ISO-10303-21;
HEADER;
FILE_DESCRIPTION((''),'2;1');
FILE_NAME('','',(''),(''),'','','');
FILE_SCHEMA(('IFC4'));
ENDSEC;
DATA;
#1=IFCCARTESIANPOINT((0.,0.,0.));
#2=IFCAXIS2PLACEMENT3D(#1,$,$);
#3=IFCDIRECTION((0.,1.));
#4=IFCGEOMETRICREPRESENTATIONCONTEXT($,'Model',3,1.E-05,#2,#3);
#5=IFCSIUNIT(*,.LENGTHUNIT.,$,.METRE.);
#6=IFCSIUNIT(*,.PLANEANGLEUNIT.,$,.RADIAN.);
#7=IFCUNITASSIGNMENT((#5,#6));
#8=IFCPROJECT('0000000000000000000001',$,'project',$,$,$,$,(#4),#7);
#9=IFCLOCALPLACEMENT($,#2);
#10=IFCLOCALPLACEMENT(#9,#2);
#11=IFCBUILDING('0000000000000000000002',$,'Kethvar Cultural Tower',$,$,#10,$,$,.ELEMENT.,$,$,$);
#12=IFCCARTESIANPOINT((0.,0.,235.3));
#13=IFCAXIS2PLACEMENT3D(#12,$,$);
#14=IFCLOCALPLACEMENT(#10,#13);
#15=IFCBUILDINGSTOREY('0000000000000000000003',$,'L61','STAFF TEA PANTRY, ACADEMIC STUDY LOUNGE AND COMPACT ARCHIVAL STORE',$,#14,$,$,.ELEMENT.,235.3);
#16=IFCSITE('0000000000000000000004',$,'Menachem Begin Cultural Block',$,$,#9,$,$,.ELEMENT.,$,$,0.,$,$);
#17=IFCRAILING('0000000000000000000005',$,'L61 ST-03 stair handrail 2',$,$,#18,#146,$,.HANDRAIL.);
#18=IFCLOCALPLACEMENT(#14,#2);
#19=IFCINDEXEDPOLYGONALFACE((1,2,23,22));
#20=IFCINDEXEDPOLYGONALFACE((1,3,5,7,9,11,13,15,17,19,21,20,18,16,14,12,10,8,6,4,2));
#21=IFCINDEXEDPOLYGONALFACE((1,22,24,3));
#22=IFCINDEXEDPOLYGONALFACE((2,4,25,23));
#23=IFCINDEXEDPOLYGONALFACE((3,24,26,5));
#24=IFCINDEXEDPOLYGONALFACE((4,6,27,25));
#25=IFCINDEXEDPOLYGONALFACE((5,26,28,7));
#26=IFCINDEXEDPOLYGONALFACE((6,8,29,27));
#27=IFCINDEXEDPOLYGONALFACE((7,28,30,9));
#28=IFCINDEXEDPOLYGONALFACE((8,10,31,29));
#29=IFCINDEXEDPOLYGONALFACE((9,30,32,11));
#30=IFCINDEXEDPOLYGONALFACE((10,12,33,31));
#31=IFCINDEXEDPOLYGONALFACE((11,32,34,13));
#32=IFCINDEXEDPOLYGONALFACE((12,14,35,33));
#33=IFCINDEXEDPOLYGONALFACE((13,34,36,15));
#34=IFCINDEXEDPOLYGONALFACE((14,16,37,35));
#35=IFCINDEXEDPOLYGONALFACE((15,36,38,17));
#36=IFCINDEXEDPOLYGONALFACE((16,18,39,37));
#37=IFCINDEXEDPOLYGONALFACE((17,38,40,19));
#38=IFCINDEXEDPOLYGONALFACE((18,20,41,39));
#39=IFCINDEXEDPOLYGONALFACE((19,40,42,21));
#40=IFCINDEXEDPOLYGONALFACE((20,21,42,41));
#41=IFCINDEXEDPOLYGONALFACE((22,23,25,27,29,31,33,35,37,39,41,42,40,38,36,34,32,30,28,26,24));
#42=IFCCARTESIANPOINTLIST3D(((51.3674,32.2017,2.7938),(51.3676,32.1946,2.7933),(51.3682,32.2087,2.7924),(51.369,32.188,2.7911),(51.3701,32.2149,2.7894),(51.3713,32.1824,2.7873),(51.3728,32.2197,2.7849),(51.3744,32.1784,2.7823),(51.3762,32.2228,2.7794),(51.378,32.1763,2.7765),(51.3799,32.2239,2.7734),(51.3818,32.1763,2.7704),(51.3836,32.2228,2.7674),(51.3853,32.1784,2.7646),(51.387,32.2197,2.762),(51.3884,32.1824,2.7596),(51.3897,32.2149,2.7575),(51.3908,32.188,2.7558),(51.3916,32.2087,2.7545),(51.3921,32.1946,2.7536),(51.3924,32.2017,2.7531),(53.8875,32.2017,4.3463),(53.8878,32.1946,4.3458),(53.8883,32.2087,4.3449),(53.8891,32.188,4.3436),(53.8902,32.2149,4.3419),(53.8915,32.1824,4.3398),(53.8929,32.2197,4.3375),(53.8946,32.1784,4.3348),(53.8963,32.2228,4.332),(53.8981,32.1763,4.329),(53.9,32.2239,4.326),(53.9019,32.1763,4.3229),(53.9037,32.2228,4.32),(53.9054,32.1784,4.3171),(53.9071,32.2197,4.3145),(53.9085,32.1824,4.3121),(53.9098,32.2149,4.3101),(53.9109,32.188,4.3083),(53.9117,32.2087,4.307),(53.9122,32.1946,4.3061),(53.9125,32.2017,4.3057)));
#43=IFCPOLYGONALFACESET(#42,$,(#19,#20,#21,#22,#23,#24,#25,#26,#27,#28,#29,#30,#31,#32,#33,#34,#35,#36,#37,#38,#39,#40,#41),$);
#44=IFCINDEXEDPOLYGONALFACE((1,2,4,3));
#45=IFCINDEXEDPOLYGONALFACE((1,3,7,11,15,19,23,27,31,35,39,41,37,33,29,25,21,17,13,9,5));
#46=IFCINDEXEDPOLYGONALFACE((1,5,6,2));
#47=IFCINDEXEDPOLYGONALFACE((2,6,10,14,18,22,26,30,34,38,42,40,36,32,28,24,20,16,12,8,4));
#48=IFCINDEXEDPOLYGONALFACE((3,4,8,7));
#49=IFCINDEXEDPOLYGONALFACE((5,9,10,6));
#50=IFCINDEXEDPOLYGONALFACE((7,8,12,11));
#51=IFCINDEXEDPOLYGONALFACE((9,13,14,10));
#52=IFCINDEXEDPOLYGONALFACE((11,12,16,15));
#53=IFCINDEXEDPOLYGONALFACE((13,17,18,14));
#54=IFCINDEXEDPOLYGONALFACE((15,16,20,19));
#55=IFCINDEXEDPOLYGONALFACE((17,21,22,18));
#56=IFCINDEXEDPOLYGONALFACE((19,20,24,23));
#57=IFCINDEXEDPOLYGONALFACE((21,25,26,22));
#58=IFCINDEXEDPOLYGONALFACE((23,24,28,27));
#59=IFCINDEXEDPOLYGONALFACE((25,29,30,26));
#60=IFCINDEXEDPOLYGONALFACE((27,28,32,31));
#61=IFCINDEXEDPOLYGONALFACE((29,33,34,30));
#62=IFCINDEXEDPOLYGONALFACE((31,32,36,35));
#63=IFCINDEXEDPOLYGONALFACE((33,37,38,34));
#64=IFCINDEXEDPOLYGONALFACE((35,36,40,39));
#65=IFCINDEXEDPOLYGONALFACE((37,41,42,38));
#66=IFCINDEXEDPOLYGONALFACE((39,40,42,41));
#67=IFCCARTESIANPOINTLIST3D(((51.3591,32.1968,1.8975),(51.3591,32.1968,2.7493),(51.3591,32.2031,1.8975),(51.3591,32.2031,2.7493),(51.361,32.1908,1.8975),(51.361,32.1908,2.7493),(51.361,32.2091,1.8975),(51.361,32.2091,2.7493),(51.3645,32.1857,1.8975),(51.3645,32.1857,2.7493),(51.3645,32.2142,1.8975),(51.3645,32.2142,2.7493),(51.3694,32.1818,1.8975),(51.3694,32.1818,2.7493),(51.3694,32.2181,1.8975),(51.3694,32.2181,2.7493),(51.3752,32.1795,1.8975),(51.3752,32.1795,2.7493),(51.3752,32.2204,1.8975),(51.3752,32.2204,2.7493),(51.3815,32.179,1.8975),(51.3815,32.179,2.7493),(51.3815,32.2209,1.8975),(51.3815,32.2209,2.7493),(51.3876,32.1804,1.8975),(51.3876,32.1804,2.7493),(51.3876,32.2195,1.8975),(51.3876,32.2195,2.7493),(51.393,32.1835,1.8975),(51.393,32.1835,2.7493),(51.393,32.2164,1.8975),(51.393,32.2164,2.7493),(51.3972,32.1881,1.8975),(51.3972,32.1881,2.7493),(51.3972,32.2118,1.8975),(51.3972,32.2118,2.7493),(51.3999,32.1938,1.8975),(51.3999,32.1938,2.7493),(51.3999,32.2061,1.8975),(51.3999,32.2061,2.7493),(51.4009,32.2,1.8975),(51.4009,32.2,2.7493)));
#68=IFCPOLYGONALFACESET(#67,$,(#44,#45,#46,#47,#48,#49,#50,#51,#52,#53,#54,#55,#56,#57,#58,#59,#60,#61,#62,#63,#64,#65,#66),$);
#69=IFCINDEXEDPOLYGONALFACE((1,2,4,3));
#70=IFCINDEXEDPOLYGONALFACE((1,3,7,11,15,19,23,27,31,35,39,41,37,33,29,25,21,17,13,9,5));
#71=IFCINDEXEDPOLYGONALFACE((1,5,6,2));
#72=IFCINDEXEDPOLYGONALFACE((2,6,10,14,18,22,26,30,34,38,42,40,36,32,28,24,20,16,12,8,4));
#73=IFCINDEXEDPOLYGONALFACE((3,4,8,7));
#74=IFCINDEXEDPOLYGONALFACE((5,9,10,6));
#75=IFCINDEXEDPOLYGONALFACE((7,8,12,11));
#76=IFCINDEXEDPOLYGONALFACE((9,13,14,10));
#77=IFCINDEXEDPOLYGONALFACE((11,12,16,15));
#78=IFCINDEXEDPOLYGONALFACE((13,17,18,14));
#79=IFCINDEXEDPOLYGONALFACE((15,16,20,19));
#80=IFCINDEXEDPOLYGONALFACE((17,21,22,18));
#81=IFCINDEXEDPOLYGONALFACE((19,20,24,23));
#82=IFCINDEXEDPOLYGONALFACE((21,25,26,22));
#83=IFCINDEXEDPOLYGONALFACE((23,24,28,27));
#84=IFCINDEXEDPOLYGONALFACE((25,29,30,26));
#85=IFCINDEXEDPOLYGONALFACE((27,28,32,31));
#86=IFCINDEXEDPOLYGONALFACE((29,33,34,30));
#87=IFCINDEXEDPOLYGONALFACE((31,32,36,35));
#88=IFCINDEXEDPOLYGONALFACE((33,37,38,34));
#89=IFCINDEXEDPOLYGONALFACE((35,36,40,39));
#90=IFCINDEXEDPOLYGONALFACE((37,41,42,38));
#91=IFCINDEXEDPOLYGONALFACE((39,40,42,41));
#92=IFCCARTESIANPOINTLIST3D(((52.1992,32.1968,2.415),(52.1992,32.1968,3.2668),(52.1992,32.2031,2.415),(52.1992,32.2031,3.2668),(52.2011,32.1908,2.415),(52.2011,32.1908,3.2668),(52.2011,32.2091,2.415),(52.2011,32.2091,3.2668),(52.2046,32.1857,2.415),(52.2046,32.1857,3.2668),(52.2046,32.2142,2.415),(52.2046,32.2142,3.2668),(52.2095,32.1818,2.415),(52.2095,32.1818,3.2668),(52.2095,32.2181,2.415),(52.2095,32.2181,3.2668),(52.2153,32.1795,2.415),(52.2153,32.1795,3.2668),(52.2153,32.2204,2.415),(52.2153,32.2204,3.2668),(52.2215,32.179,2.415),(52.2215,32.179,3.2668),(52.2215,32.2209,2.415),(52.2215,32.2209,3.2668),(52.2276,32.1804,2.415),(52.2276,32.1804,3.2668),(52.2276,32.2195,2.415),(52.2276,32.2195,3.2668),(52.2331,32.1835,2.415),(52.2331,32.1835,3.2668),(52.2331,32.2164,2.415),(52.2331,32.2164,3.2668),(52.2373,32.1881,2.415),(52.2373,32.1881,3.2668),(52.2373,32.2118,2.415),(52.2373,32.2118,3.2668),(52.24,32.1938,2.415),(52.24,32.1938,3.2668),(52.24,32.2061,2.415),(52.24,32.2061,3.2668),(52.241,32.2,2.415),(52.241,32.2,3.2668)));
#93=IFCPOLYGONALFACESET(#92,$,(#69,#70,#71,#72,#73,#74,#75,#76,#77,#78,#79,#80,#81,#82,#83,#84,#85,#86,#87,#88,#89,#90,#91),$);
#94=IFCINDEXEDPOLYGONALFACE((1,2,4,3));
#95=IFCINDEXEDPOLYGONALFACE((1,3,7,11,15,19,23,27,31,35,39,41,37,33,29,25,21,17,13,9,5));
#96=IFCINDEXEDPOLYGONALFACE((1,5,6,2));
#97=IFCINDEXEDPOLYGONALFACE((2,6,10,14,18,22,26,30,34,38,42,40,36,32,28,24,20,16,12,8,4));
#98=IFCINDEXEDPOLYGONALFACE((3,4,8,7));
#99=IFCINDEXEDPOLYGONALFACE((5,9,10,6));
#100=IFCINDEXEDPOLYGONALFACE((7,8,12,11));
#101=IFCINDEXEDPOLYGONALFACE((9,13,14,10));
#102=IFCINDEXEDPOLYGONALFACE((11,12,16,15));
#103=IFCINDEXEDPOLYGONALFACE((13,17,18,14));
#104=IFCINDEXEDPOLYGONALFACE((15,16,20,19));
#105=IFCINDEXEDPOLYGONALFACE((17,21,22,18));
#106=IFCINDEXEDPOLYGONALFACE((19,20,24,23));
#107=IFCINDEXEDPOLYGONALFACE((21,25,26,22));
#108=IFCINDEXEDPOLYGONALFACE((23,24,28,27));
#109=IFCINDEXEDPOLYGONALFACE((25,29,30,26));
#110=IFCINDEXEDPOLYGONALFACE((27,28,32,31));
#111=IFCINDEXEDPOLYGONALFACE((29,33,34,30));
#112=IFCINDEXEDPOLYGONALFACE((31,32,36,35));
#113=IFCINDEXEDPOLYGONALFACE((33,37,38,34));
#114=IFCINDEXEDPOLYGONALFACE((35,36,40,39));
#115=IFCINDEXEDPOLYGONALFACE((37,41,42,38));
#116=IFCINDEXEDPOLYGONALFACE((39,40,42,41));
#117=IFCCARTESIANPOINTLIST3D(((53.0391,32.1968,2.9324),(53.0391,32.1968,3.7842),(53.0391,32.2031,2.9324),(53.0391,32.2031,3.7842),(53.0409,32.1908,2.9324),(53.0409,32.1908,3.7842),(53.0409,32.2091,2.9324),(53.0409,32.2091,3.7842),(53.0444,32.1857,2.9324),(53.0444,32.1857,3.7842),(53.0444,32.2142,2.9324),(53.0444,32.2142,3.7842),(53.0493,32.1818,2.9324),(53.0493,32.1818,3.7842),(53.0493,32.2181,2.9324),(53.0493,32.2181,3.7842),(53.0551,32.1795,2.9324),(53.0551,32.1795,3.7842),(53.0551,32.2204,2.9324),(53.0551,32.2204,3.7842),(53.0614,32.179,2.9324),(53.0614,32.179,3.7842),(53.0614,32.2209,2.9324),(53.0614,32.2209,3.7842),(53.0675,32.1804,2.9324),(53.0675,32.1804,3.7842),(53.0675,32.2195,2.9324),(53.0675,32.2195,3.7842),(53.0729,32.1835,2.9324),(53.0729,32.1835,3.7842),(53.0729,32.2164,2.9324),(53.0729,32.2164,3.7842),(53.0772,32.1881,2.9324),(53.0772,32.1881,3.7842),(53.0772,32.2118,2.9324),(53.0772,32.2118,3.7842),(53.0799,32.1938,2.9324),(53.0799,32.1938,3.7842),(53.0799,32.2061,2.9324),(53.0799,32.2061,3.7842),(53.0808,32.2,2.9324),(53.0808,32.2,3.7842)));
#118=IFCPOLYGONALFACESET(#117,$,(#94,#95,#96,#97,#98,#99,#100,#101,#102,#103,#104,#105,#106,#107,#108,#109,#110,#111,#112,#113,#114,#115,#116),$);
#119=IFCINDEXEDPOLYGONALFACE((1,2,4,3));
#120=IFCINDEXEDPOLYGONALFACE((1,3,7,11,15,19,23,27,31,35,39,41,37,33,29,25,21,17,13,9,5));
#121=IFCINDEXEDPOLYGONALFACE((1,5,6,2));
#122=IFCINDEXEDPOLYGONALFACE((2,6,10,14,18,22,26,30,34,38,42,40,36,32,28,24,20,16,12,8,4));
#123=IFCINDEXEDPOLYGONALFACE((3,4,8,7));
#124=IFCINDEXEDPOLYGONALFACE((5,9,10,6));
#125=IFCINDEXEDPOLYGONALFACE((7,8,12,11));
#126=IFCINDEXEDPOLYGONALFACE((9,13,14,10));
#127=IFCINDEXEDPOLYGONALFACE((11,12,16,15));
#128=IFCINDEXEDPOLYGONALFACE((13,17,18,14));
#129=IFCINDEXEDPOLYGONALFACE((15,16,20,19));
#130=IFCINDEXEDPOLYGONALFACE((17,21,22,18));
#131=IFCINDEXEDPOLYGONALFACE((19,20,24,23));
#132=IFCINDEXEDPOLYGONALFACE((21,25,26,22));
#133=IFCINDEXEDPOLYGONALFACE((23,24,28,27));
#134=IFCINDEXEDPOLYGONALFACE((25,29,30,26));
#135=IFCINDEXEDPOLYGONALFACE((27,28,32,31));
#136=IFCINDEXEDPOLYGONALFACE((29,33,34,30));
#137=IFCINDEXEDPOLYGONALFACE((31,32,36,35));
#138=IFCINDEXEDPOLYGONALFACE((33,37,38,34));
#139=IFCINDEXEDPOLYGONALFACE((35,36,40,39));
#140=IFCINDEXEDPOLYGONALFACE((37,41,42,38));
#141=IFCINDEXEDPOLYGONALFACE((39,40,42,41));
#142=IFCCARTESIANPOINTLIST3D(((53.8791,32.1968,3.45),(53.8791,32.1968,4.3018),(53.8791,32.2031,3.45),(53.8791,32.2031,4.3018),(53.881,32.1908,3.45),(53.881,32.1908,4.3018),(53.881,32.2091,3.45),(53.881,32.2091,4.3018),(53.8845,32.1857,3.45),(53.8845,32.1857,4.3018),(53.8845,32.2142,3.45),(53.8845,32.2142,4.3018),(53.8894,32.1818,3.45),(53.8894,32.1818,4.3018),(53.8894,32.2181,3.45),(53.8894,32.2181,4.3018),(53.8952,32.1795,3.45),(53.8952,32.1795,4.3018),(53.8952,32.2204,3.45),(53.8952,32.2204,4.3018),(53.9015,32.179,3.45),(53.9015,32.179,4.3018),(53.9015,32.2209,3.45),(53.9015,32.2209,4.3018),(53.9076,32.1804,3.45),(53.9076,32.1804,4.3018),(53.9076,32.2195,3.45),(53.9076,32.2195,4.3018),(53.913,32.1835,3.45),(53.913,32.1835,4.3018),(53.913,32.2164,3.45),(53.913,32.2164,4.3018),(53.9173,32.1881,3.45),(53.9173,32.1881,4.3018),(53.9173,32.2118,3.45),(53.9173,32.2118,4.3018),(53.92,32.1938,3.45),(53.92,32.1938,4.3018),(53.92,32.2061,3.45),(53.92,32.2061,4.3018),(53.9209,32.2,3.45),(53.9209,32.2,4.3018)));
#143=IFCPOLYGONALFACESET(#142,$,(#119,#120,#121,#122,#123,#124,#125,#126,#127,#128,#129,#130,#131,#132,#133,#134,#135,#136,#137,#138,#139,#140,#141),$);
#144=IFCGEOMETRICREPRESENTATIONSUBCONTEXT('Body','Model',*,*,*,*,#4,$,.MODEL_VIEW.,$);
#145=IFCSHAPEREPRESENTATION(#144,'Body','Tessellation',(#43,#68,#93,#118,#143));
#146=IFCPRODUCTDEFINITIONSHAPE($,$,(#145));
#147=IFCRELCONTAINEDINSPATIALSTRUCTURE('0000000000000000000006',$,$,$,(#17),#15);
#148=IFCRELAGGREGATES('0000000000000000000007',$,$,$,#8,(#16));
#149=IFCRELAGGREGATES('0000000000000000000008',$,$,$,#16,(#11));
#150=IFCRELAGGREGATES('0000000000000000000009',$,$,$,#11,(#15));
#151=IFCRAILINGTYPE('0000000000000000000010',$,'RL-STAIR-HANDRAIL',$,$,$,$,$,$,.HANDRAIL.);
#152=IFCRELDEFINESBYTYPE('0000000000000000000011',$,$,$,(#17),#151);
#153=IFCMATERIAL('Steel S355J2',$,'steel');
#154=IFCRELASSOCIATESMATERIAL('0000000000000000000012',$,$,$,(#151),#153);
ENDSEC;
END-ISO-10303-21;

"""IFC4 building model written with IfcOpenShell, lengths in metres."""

from ifc_helpers import new_model, si_unit, direction, frame, origin, origin_2d, place, context, subcontext, project, spatial, circle, extrude, material, type_object, element, save


model = new_model("IFC4")

# Units and contexts
model_context = context("Model", 3, precision=1e-05, world=origin(), true_north=direction((0.0, 1.0)))
body_context = subcontext(model_context, "Body", "Model", "MODEL_VIEW")
ifc_project = project(units=[si_unit("LENGTHUNIT", "METRE"), si_unit("PLANEANGLEUNIT", "RADIAN")], contexts=[model_context])

# Site, building, storey
site_placement = place(None, origin())
site = spatial("IfcSite", under=ifc_project, at=site_placement, Name="Menachem Begin Cultural Block", CompositionType="ELEMENT", RefElevation=0.0)
building_placement = place(site_placement, origin())
building = spatial("IfcBuilding", under=site, at=building_placement, Name="Kethvar Cultural Tower", CompositionType="ELEMENT")
storey_placement = place(building_placement, frame((0.0, 0.0, 235.3)))
storey = spatial("IfcBuildingStorey", under=building, at=storey_placement, Name="L61", Description="STAFF TEA PANTRY, ACADEMIC STUDY LOUNGE AND COMPACT ARCHIVAL STORE", CompositionType="ELEMENT", Elevation=235.3)

# Shared definitions
ifc_material_1 = material(Name="Steel S355J2", Category="steel")

# Railing
railing_type_1 = type_object("IfcRailingType", Name="RL-STAIR-HANDRAIL", PredefinedType="HANDRAIL", material=ifc_material_1)
railing_1_placement = place(storey_placement, frame((51.3799, 32.2, 1.8975)))
element("IfcRailing", 1, at=railing_1_placement, inside=storey, type_object=railing_type_1, Name="L61 ST-03 stair handrail 2", PredefinedType="HANDRAIL", context=body_context, shape_type="SweptSolid", body=[
    extrude(circle(Radius=0.0239, at=origin_2d()), frame((0.0, 0.0, 0.876), z_axis=(0.8514, 0.0, 0.524516), x_axis=(0.0, 1.0, 0.0)), (0.0, 0.0, 1.0), 2.96),
    extrude(circle(Radius=0.021, at=origin_2d()), origin(), (0.0, 0.0, 1.0), 0.8518),
    extrude(circle(Radius=0.021, at=origin_2d()), frame((0.8401, 0.0, 0.5176)), (0.0, 0.0, 1.0), 0.8518),
    extrude(circle(Radius=0.021, at=origin_2d()), frame((1.6799, 0.0, 1.0349)), (0.0, 0.0, 1.0), 0.8518),
    extrude(circle(Radius=0.021, at=origin_2d()), frame((2.52, 0.0, 1.5525)), (0.0, 0.0, 1.0), 0.8518),
])

save(model, "model.ifc")
